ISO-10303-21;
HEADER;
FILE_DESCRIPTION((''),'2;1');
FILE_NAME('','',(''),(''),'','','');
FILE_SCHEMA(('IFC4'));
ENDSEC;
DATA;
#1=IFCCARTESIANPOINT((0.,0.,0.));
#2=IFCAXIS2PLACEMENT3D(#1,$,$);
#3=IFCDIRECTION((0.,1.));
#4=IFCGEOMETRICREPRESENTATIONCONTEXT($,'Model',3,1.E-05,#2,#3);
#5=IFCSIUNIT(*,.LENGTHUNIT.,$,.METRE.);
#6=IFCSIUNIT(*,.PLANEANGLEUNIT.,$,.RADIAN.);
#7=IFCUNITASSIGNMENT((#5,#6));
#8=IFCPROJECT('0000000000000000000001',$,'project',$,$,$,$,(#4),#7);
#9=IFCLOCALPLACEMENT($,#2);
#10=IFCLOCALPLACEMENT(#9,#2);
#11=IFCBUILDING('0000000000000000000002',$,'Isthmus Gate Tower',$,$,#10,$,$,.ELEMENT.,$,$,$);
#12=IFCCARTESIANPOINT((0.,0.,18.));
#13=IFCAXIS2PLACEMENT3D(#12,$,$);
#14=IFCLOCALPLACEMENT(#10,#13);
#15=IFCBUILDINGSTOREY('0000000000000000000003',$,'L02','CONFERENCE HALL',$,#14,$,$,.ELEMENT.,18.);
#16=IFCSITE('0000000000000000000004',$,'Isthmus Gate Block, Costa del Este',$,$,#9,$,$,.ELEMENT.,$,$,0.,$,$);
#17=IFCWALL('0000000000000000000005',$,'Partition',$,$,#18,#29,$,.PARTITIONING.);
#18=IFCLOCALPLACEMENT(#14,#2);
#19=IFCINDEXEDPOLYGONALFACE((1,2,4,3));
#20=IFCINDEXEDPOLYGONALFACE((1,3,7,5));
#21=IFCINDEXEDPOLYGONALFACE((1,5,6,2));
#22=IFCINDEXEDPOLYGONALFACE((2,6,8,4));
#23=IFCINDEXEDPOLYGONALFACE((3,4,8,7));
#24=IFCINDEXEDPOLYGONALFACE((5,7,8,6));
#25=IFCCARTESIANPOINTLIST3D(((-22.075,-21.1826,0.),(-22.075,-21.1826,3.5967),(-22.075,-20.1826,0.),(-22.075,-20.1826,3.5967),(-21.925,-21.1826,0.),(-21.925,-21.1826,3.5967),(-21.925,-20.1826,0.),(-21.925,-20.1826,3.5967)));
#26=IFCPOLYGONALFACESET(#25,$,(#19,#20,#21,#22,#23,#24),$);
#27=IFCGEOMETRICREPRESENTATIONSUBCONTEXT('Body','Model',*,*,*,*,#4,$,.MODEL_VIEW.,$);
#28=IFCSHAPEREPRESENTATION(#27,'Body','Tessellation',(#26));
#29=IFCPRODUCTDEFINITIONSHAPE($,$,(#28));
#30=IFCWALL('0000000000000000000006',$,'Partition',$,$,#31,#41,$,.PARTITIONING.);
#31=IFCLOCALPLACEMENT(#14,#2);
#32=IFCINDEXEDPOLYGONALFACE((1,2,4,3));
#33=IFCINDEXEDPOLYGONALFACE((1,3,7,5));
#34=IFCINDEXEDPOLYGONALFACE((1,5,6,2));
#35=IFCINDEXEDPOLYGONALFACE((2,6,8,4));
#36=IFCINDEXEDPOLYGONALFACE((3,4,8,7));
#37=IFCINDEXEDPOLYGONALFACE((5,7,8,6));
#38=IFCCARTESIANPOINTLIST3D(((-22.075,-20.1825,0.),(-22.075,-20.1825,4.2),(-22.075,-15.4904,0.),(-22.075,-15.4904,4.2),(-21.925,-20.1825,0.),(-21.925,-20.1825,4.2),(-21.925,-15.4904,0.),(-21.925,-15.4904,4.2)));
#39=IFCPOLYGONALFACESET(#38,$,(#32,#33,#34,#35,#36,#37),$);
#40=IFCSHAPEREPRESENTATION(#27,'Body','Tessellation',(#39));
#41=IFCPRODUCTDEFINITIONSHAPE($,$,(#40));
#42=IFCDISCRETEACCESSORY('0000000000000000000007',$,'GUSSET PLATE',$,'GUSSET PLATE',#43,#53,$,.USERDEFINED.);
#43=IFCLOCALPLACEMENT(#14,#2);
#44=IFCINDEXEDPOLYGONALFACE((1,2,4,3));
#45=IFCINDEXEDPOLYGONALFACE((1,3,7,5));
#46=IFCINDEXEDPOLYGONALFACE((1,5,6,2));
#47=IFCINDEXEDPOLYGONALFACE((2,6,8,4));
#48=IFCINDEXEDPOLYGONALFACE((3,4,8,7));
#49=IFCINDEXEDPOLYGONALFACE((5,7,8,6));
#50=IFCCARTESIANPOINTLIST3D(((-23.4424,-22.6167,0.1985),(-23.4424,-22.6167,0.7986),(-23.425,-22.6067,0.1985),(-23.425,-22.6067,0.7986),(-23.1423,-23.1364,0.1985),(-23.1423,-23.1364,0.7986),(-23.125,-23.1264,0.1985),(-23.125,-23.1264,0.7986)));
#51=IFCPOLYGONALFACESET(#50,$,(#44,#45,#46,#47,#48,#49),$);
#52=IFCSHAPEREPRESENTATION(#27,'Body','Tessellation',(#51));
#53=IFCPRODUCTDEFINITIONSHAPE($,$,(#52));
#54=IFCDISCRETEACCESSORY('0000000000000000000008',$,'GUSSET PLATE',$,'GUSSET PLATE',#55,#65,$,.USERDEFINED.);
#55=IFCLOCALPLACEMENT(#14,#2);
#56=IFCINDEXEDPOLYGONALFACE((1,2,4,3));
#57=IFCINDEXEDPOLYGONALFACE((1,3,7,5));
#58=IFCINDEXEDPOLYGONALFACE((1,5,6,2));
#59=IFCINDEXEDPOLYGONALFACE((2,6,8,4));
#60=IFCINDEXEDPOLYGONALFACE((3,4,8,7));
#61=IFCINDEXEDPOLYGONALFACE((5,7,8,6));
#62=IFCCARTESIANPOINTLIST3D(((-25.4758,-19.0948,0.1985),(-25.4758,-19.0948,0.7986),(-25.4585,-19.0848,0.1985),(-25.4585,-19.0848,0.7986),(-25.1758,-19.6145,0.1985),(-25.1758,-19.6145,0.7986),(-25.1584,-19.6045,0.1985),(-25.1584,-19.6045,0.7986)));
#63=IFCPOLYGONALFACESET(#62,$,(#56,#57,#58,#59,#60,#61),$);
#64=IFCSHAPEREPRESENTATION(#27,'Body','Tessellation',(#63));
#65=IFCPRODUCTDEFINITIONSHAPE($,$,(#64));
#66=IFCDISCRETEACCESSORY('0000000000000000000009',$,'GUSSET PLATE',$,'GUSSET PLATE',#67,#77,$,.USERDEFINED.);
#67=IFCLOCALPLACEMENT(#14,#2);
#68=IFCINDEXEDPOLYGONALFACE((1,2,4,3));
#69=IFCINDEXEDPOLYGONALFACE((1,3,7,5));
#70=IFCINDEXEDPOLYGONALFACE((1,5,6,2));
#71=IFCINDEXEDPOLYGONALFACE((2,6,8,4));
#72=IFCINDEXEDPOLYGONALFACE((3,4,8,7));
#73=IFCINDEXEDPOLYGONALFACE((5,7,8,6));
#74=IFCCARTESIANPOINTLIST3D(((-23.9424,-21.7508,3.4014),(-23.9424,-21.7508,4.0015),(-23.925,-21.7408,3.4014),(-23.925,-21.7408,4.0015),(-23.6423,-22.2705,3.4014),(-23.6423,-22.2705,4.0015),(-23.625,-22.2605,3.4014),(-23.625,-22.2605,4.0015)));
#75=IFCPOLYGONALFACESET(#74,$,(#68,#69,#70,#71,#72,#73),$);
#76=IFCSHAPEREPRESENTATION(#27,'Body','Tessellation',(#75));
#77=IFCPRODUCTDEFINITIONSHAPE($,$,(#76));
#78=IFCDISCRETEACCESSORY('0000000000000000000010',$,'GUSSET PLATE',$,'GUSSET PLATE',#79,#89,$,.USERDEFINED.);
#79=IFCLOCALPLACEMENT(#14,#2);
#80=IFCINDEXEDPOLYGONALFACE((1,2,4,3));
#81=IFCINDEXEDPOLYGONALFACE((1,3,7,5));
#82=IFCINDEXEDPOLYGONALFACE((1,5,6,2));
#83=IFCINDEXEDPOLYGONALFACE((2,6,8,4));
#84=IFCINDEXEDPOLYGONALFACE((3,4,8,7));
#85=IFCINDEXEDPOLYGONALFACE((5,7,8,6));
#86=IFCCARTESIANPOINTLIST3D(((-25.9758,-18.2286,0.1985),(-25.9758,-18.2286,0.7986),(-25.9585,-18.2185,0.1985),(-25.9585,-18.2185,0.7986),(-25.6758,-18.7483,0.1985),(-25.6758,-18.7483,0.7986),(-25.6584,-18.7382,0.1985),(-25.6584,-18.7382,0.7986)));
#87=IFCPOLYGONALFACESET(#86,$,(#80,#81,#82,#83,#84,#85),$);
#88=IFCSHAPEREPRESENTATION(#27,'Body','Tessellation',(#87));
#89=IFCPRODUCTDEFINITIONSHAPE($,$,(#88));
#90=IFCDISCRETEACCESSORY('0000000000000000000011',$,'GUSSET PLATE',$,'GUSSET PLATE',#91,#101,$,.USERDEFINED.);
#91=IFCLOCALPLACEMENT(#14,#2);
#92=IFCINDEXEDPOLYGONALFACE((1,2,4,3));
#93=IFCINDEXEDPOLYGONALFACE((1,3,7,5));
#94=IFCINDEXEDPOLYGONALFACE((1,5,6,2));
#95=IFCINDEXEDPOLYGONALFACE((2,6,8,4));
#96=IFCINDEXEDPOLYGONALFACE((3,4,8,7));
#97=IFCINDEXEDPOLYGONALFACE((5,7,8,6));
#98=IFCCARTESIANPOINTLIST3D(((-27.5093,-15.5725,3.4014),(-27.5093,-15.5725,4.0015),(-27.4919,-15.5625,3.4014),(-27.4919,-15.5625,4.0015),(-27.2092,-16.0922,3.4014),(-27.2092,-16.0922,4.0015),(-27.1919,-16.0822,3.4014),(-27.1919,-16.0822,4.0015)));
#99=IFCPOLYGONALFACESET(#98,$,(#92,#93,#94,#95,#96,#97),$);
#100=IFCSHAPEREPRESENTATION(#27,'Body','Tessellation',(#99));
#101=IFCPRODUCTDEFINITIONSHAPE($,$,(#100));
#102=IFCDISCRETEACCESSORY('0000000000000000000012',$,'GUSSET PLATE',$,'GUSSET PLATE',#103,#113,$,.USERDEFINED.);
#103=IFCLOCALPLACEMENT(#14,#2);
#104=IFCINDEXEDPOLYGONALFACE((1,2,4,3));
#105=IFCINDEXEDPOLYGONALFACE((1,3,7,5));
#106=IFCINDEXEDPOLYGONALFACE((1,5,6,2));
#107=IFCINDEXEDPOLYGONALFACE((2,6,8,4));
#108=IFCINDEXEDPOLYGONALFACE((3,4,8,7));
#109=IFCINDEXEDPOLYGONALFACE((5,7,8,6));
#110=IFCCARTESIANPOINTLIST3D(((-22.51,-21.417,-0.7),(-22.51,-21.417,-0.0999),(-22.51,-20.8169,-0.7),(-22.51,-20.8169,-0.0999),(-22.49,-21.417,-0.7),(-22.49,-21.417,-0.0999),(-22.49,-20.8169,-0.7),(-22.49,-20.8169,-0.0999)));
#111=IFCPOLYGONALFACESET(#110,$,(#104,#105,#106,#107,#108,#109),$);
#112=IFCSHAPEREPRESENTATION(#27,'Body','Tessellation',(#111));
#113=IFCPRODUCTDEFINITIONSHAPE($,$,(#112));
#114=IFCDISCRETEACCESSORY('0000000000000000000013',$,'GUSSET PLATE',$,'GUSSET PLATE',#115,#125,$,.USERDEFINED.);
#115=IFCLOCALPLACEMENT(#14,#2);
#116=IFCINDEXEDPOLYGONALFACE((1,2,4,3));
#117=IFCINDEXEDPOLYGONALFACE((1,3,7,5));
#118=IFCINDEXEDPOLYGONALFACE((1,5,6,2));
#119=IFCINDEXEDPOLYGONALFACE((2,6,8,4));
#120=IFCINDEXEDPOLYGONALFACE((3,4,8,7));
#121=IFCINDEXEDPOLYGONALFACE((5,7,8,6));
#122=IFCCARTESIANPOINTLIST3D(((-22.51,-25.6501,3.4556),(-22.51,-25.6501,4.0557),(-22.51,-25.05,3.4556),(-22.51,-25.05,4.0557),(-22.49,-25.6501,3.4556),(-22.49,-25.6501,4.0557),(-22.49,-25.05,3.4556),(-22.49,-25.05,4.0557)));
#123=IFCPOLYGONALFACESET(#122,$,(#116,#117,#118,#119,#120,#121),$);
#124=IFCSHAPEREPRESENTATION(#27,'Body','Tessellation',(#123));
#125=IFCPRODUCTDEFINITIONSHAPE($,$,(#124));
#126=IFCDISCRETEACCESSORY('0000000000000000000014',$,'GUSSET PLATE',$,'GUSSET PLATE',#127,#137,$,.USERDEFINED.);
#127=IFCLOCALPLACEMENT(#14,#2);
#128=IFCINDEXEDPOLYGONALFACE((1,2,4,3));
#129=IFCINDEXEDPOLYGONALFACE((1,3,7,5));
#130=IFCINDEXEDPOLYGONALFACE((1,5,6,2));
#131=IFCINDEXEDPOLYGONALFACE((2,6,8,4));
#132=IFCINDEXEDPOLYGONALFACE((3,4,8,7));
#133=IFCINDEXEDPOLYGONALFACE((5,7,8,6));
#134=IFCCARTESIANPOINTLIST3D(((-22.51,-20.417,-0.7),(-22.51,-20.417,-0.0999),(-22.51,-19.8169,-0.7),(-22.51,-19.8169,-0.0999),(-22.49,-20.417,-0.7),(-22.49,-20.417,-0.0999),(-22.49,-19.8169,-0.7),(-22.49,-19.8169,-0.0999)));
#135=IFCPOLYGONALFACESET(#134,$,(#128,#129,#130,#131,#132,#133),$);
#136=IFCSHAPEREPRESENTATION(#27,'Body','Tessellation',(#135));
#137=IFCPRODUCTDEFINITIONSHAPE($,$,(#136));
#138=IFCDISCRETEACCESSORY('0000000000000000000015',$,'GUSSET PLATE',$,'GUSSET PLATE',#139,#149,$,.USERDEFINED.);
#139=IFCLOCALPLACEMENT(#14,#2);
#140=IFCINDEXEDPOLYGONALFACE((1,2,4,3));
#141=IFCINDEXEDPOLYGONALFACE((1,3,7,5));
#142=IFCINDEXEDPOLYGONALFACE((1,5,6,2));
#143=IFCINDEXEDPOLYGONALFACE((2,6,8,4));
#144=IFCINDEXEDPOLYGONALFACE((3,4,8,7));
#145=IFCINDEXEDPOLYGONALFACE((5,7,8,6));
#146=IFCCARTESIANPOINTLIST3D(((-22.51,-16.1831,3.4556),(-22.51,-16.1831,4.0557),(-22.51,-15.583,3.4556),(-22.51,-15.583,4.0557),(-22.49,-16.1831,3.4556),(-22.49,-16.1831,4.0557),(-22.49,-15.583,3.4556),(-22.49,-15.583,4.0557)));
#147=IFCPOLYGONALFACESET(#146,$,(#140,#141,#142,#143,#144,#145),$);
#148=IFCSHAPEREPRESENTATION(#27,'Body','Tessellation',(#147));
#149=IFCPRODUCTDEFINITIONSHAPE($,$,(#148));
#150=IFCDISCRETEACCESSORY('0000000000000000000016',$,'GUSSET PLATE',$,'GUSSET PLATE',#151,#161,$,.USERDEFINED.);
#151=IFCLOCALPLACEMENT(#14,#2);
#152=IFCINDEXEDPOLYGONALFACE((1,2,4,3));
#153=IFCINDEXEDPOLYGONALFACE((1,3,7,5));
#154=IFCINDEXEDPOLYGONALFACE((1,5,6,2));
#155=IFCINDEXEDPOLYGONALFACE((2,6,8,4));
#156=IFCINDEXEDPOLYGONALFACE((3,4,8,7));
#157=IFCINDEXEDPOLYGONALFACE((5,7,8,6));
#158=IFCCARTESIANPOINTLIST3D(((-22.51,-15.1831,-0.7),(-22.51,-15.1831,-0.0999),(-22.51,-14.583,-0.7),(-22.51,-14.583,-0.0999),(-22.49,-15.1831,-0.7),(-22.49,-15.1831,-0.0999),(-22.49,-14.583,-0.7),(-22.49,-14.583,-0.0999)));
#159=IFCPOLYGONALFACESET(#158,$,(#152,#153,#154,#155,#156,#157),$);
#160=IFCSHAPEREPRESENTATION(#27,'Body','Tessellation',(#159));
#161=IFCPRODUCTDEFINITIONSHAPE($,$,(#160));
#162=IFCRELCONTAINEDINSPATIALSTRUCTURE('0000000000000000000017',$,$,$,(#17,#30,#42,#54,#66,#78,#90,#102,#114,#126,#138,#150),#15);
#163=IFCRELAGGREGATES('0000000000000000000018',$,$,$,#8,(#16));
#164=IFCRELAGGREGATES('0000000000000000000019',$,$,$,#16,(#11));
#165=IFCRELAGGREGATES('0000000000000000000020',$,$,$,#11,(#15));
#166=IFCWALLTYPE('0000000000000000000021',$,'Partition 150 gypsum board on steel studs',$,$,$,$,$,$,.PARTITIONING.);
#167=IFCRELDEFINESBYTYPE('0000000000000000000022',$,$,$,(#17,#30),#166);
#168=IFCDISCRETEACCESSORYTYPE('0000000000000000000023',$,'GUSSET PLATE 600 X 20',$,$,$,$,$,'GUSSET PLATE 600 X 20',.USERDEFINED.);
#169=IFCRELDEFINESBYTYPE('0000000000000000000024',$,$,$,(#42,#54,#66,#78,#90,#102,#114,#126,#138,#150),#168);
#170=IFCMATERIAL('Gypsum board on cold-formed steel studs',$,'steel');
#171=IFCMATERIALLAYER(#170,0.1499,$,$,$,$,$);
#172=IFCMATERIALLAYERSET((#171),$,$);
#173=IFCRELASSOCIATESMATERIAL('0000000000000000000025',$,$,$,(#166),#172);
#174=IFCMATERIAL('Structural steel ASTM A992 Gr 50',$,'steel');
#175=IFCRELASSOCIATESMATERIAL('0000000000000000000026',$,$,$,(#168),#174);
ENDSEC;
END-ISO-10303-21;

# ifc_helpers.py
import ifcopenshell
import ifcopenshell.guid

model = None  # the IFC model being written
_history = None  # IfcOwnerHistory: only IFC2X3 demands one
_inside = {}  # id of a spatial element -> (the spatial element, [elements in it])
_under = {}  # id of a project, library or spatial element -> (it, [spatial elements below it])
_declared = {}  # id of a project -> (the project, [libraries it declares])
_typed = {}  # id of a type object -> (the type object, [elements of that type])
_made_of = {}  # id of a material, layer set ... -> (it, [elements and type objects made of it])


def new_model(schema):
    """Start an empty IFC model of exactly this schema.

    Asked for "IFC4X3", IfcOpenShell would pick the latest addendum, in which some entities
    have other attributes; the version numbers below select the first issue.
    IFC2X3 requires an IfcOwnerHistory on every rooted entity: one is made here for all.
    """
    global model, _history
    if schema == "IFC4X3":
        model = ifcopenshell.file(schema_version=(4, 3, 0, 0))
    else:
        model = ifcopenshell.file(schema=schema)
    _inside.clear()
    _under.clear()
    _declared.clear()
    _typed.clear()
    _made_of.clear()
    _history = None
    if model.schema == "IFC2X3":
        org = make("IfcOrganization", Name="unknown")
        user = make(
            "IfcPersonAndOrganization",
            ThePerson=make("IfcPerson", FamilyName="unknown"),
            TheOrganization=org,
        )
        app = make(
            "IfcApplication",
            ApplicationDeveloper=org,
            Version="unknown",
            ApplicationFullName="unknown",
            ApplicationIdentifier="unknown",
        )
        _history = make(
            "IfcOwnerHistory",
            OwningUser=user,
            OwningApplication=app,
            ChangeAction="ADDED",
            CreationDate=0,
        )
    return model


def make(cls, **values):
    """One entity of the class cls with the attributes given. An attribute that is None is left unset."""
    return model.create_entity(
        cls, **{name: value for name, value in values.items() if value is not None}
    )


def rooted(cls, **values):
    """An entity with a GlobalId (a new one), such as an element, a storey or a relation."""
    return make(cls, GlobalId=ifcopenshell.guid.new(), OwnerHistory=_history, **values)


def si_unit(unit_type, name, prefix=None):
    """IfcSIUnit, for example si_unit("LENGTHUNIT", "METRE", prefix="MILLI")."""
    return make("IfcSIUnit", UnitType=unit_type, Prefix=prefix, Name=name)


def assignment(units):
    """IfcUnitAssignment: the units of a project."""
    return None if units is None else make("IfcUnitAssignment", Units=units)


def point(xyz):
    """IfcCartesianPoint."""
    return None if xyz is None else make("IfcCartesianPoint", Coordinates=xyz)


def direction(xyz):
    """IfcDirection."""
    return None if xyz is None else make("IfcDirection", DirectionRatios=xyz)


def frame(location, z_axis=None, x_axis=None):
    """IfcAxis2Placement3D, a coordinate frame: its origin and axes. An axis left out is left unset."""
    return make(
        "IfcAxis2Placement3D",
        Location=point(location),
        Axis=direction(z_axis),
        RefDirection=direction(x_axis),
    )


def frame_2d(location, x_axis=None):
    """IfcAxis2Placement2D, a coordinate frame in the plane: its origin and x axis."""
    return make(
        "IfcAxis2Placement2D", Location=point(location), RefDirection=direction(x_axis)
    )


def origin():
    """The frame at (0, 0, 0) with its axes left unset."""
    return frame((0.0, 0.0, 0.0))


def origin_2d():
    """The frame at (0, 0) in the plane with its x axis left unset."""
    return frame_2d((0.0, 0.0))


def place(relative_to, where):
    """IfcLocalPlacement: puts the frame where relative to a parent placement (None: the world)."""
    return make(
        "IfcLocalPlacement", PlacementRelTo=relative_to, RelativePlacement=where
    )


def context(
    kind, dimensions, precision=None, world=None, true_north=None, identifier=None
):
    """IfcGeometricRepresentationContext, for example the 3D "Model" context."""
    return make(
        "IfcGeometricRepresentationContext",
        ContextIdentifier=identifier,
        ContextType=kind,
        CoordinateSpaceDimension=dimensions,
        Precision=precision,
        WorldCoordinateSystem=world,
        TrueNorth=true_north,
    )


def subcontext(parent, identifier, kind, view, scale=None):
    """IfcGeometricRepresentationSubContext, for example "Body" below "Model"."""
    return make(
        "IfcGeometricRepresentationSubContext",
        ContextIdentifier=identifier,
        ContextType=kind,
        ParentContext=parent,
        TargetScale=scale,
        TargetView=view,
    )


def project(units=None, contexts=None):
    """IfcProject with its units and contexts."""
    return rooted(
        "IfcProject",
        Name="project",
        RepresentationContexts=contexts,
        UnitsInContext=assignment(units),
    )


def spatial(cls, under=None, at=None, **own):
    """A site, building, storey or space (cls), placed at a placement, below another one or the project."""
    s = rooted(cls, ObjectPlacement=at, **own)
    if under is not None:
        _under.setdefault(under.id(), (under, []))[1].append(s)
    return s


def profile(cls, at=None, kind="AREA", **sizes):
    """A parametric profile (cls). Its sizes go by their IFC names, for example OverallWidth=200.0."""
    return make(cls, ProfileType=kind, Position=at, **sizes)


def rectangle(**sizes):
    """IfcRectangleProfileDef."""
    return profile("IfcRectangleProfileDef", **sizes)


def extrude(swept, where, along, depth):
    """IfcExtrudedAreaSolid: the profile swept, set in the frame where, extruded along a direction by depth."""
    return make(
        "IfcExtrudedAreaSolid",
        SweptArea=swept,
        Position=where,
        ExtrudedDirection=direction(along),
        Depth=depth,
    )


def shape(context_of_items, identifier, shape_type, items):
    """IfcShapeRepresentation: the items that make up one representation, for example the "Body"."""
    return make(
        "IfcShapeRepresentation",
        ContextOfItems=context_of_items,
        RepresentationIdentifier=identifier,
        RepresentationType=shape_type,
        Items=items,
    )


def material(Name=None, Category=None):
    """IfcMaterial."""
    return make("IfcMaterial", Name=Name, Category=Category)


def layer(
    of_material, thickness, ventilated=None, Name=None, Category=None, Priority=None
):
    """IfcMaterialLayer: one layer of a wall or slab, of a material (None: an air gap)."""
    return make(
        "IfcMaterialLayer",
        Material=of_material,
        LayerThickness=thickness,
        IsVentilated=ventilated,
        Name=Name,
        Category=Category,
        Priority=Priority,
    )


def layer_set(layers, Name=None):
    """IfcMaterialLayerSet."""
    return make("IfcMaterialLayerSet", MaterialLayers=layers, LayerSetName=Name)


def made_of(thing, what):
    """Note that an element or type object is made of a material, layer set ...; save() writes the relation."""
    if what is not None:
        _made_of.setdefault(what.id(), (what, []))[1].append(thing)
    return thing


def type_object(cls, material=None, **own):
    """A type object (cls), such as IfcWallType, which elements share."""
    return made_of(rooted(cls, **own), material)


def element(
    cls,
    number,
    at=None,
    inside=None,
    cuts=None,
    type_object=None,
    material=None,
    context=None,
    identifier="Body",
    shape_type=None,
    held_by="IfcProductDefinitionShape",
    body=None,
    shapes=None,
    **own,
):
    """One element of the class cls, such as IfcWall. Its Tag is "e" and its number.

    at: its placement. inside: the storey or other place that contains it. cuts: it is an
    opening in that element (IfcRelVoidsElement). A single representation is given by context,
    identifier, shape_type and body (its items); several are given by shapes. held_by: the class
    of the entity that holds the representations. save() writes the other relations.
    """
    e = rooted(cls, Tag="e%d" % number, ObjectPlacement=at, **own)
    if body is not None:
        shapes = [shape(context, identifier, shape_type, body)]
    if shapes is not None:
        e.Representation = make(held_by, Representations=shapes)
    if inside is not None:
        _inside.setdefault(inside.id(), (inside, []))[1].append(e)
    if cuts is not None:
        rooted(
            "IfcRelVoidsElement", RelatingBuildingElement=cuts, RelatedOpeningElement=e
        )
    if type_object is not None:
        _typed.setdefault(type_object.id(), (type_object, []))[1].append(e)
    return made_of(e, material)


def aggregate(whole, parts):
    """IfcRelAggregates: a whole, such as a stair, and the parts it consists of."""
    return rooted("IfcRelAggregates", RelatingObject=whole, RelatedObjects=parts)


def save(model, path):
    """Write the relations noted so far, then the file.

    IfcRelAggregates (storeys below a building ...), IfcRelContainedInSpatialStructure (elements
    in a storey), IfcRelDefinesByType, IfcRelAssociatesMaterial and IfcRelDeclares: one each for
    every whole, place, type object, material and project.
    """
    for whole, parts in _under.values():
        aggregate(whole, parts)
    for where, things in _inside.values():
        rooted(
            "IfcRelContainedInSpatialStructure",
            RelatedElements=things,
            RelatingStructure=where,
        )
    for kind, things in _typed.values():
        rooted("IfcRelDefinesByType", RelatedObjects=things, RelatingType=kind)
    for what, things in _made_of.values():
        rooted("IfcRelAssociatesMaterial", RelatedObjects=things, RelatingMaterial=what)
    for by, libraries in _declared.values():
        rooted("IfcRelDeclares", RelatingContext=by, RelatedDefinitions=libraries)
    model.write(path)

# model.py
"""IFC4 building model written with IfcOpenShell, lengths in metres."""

from ifc_helpers import new_model, si_unit, direction, frame, frame_2d, origin, origin_2d, place, context, subcontext, project, spatial, rectangle, extrude, material, layer, layer_set, type_object, element, save


model = new_model("IFC4")

# Units and contexts
model_context = context("Model", 3, precision=1e-05, world=origin(), true_north=direction((0.0, 1.0)))
body_context = subcontext(model_context, "Body", "Model", "MODEL_VIEW")
ifc_project = project(units=[si_unit("LENGTHUNIT", "METRE"), si_unit("PLANEANGLEUNIT", "RADIAN")], contexts=[model_context])

# Site, building, storey
site_placement = place(None, origin())
site = spatial("IfcSite", under=ifc_project, at=site_placement, Name="Isthmus Gate Block, Costa del Este", CompositionType="ELEMENT", RefElevation=0.0)
building_placement = place(site_placement, origin())
building = spatial("IfcBuilding", under=site, at=building_placement, Name="Isthmus Gate Tower", CompositionType="ELEMENT")
storey_placement = place(building_placement, frame((0.0, 0.0, 18.0)))
storey = spatial("IfcBuildingStorey", under=building, at=storey_placement, Name="L02", Description="CONFERENCE HALL", CompositionType="ELEMENT", Elevation=18.0)

# Walls
ifc_material_1 = material(Name="Gypsum board on cold-formed steel studs", Category="steel")
ifc_layer_1 = layer(ifc_material_1, 0.1499)
ifc_layer_set_1 = layer_set([ifc_layer_1])
wall_type_1 = type_object("IfcWallType", Name="Partition 150 gypsum board on steel studs", PredefinedType="PARTITIONING", material=ifc_layer_set_1)
wall_1_placement = place(storey_placement, frame((-22.0, -21.1826, 0.0), z_axis=(0.0, 0.0, 1.0), x_axis=(0.0, 1.0, 0.0)))
element("IfcWall", 1, at=wall_1_placement, inside=storey, type_object=wall_type_1, Name="Partition", PredefinedType="PARTITIONING", context=body_context, shape_type="SweptSolid", body=[
    extrude(rectangle(XDim=1.0, YDim=0.1499, at=frame_2d((0.5, 0.0))), origin(), (0.0, 0.0, 1.0), 3.5967),
])
wall_2_placement = place(storey_placement, frame((-22.0, -20.1826, 0.0), z_axis=(0.0, 0.0, 1.0), x_axis=(0.0, 1.0, 0.0)))
element("IfcWall", 2, at=wall_2_placement, inside=storey, type_object=wall_type_1, Name="Partition", PredefinedType="PARTITIONING", context=body_context, shape_type="SweptSolid", body=[
    extrude(rectangle(XDim=4.6921, YDim=0.1499, at=frame_2d((2.3462, 0.0))), origin(), (0.0, 0.0, 1.0), 4.2),
])

# Discrete accessories
ifc_material_2 = material(Name="Structural steel ASTM A992 Gr 50", Category="steel")
discrete_accessory_type = type_object("IfcDiscreteAccessoryType", Name="GUSSET PLATE 600 X 20", ElementType="GUSSET PLATE 600 X 20", PredefinedType="USERDEFINED", material=ifc_material_2)
for number, where, z_axis, x_axis, name in (
    (3, (-23.2837, -22.8716, 0.1985), (0.0, 0.0, 1.0), (0.5, -0.866025, 0.0), "GUSSET PLATE"),
    (4, (-25.3171, -19.3496, 0.1985), (0.0, 0.0, 1.0), (0.5, -0.866025, 0.0), "GUSSET PLATE"),
    (5, (-23.7837, -22.0056, 3.4014), (0.0, 0.0, 1.0), (0.5, -0.866025, 0.0), "GUSSET PLATE"),
    (6, (-25.8171, -18.4834, 0.1985), (0.0, 0.0, 1.0), (-0.5, 0.866025, 0.0), "GUSSET PLATE"),
    (7, (-27.3506, -15.8274, 3.4014), (0.0, 0.0, 1.0), (-0.5, 0.866025, 0.0), "GUSSET PLATE"),
    (8, (-22.5, -21.1169, -0.7), (0.0, 0.0, 1.0), (0.0, -1.0, 0.0), "GUSSET PLATE"),
    (9, (-22.5, -25.3501, 3.4556), (0.0, 0.0, 1.0), (0.0, -1.0, 0.0), "GUSSET PLATE"),
    (10, (-22.5, -20.1169, -0.7), (0.0, 0.0, 1.0), (0.0, 1.0, 0.0), "GUSSET PLATE"),
    (11, (-22.5, -15.8831, 3.4556), (0.0, 0.0, 1.0), (0.0, 1.0, 0.0), "GUSSET PLATE"),
    (12, (-22.5, -14.8831, -0.7), (0.0, 0.0, 1.0), (0.0, 1.0, 0.0), "GUSSET PLATE"),
):
    element("IfcDiscreteAccessory", number, at=place(storey_placement, frame(where, z_axis=z_axis, x_axis=x_axis)), inside=storey, type_object=discrete_accessory_type, Name=name, ObjectType="GUSSET PLATE", PredefinedType="USERDEFINED", context=body_context, shape_type="SweptSolid", body=[
        extrude(rectangle(XDim=0.6001, YDim=0.02, at=origin_2d()), origin(), (0.0, 0.0, 1.0), 0.6001),
    ])

save(model, "model.ifc")
